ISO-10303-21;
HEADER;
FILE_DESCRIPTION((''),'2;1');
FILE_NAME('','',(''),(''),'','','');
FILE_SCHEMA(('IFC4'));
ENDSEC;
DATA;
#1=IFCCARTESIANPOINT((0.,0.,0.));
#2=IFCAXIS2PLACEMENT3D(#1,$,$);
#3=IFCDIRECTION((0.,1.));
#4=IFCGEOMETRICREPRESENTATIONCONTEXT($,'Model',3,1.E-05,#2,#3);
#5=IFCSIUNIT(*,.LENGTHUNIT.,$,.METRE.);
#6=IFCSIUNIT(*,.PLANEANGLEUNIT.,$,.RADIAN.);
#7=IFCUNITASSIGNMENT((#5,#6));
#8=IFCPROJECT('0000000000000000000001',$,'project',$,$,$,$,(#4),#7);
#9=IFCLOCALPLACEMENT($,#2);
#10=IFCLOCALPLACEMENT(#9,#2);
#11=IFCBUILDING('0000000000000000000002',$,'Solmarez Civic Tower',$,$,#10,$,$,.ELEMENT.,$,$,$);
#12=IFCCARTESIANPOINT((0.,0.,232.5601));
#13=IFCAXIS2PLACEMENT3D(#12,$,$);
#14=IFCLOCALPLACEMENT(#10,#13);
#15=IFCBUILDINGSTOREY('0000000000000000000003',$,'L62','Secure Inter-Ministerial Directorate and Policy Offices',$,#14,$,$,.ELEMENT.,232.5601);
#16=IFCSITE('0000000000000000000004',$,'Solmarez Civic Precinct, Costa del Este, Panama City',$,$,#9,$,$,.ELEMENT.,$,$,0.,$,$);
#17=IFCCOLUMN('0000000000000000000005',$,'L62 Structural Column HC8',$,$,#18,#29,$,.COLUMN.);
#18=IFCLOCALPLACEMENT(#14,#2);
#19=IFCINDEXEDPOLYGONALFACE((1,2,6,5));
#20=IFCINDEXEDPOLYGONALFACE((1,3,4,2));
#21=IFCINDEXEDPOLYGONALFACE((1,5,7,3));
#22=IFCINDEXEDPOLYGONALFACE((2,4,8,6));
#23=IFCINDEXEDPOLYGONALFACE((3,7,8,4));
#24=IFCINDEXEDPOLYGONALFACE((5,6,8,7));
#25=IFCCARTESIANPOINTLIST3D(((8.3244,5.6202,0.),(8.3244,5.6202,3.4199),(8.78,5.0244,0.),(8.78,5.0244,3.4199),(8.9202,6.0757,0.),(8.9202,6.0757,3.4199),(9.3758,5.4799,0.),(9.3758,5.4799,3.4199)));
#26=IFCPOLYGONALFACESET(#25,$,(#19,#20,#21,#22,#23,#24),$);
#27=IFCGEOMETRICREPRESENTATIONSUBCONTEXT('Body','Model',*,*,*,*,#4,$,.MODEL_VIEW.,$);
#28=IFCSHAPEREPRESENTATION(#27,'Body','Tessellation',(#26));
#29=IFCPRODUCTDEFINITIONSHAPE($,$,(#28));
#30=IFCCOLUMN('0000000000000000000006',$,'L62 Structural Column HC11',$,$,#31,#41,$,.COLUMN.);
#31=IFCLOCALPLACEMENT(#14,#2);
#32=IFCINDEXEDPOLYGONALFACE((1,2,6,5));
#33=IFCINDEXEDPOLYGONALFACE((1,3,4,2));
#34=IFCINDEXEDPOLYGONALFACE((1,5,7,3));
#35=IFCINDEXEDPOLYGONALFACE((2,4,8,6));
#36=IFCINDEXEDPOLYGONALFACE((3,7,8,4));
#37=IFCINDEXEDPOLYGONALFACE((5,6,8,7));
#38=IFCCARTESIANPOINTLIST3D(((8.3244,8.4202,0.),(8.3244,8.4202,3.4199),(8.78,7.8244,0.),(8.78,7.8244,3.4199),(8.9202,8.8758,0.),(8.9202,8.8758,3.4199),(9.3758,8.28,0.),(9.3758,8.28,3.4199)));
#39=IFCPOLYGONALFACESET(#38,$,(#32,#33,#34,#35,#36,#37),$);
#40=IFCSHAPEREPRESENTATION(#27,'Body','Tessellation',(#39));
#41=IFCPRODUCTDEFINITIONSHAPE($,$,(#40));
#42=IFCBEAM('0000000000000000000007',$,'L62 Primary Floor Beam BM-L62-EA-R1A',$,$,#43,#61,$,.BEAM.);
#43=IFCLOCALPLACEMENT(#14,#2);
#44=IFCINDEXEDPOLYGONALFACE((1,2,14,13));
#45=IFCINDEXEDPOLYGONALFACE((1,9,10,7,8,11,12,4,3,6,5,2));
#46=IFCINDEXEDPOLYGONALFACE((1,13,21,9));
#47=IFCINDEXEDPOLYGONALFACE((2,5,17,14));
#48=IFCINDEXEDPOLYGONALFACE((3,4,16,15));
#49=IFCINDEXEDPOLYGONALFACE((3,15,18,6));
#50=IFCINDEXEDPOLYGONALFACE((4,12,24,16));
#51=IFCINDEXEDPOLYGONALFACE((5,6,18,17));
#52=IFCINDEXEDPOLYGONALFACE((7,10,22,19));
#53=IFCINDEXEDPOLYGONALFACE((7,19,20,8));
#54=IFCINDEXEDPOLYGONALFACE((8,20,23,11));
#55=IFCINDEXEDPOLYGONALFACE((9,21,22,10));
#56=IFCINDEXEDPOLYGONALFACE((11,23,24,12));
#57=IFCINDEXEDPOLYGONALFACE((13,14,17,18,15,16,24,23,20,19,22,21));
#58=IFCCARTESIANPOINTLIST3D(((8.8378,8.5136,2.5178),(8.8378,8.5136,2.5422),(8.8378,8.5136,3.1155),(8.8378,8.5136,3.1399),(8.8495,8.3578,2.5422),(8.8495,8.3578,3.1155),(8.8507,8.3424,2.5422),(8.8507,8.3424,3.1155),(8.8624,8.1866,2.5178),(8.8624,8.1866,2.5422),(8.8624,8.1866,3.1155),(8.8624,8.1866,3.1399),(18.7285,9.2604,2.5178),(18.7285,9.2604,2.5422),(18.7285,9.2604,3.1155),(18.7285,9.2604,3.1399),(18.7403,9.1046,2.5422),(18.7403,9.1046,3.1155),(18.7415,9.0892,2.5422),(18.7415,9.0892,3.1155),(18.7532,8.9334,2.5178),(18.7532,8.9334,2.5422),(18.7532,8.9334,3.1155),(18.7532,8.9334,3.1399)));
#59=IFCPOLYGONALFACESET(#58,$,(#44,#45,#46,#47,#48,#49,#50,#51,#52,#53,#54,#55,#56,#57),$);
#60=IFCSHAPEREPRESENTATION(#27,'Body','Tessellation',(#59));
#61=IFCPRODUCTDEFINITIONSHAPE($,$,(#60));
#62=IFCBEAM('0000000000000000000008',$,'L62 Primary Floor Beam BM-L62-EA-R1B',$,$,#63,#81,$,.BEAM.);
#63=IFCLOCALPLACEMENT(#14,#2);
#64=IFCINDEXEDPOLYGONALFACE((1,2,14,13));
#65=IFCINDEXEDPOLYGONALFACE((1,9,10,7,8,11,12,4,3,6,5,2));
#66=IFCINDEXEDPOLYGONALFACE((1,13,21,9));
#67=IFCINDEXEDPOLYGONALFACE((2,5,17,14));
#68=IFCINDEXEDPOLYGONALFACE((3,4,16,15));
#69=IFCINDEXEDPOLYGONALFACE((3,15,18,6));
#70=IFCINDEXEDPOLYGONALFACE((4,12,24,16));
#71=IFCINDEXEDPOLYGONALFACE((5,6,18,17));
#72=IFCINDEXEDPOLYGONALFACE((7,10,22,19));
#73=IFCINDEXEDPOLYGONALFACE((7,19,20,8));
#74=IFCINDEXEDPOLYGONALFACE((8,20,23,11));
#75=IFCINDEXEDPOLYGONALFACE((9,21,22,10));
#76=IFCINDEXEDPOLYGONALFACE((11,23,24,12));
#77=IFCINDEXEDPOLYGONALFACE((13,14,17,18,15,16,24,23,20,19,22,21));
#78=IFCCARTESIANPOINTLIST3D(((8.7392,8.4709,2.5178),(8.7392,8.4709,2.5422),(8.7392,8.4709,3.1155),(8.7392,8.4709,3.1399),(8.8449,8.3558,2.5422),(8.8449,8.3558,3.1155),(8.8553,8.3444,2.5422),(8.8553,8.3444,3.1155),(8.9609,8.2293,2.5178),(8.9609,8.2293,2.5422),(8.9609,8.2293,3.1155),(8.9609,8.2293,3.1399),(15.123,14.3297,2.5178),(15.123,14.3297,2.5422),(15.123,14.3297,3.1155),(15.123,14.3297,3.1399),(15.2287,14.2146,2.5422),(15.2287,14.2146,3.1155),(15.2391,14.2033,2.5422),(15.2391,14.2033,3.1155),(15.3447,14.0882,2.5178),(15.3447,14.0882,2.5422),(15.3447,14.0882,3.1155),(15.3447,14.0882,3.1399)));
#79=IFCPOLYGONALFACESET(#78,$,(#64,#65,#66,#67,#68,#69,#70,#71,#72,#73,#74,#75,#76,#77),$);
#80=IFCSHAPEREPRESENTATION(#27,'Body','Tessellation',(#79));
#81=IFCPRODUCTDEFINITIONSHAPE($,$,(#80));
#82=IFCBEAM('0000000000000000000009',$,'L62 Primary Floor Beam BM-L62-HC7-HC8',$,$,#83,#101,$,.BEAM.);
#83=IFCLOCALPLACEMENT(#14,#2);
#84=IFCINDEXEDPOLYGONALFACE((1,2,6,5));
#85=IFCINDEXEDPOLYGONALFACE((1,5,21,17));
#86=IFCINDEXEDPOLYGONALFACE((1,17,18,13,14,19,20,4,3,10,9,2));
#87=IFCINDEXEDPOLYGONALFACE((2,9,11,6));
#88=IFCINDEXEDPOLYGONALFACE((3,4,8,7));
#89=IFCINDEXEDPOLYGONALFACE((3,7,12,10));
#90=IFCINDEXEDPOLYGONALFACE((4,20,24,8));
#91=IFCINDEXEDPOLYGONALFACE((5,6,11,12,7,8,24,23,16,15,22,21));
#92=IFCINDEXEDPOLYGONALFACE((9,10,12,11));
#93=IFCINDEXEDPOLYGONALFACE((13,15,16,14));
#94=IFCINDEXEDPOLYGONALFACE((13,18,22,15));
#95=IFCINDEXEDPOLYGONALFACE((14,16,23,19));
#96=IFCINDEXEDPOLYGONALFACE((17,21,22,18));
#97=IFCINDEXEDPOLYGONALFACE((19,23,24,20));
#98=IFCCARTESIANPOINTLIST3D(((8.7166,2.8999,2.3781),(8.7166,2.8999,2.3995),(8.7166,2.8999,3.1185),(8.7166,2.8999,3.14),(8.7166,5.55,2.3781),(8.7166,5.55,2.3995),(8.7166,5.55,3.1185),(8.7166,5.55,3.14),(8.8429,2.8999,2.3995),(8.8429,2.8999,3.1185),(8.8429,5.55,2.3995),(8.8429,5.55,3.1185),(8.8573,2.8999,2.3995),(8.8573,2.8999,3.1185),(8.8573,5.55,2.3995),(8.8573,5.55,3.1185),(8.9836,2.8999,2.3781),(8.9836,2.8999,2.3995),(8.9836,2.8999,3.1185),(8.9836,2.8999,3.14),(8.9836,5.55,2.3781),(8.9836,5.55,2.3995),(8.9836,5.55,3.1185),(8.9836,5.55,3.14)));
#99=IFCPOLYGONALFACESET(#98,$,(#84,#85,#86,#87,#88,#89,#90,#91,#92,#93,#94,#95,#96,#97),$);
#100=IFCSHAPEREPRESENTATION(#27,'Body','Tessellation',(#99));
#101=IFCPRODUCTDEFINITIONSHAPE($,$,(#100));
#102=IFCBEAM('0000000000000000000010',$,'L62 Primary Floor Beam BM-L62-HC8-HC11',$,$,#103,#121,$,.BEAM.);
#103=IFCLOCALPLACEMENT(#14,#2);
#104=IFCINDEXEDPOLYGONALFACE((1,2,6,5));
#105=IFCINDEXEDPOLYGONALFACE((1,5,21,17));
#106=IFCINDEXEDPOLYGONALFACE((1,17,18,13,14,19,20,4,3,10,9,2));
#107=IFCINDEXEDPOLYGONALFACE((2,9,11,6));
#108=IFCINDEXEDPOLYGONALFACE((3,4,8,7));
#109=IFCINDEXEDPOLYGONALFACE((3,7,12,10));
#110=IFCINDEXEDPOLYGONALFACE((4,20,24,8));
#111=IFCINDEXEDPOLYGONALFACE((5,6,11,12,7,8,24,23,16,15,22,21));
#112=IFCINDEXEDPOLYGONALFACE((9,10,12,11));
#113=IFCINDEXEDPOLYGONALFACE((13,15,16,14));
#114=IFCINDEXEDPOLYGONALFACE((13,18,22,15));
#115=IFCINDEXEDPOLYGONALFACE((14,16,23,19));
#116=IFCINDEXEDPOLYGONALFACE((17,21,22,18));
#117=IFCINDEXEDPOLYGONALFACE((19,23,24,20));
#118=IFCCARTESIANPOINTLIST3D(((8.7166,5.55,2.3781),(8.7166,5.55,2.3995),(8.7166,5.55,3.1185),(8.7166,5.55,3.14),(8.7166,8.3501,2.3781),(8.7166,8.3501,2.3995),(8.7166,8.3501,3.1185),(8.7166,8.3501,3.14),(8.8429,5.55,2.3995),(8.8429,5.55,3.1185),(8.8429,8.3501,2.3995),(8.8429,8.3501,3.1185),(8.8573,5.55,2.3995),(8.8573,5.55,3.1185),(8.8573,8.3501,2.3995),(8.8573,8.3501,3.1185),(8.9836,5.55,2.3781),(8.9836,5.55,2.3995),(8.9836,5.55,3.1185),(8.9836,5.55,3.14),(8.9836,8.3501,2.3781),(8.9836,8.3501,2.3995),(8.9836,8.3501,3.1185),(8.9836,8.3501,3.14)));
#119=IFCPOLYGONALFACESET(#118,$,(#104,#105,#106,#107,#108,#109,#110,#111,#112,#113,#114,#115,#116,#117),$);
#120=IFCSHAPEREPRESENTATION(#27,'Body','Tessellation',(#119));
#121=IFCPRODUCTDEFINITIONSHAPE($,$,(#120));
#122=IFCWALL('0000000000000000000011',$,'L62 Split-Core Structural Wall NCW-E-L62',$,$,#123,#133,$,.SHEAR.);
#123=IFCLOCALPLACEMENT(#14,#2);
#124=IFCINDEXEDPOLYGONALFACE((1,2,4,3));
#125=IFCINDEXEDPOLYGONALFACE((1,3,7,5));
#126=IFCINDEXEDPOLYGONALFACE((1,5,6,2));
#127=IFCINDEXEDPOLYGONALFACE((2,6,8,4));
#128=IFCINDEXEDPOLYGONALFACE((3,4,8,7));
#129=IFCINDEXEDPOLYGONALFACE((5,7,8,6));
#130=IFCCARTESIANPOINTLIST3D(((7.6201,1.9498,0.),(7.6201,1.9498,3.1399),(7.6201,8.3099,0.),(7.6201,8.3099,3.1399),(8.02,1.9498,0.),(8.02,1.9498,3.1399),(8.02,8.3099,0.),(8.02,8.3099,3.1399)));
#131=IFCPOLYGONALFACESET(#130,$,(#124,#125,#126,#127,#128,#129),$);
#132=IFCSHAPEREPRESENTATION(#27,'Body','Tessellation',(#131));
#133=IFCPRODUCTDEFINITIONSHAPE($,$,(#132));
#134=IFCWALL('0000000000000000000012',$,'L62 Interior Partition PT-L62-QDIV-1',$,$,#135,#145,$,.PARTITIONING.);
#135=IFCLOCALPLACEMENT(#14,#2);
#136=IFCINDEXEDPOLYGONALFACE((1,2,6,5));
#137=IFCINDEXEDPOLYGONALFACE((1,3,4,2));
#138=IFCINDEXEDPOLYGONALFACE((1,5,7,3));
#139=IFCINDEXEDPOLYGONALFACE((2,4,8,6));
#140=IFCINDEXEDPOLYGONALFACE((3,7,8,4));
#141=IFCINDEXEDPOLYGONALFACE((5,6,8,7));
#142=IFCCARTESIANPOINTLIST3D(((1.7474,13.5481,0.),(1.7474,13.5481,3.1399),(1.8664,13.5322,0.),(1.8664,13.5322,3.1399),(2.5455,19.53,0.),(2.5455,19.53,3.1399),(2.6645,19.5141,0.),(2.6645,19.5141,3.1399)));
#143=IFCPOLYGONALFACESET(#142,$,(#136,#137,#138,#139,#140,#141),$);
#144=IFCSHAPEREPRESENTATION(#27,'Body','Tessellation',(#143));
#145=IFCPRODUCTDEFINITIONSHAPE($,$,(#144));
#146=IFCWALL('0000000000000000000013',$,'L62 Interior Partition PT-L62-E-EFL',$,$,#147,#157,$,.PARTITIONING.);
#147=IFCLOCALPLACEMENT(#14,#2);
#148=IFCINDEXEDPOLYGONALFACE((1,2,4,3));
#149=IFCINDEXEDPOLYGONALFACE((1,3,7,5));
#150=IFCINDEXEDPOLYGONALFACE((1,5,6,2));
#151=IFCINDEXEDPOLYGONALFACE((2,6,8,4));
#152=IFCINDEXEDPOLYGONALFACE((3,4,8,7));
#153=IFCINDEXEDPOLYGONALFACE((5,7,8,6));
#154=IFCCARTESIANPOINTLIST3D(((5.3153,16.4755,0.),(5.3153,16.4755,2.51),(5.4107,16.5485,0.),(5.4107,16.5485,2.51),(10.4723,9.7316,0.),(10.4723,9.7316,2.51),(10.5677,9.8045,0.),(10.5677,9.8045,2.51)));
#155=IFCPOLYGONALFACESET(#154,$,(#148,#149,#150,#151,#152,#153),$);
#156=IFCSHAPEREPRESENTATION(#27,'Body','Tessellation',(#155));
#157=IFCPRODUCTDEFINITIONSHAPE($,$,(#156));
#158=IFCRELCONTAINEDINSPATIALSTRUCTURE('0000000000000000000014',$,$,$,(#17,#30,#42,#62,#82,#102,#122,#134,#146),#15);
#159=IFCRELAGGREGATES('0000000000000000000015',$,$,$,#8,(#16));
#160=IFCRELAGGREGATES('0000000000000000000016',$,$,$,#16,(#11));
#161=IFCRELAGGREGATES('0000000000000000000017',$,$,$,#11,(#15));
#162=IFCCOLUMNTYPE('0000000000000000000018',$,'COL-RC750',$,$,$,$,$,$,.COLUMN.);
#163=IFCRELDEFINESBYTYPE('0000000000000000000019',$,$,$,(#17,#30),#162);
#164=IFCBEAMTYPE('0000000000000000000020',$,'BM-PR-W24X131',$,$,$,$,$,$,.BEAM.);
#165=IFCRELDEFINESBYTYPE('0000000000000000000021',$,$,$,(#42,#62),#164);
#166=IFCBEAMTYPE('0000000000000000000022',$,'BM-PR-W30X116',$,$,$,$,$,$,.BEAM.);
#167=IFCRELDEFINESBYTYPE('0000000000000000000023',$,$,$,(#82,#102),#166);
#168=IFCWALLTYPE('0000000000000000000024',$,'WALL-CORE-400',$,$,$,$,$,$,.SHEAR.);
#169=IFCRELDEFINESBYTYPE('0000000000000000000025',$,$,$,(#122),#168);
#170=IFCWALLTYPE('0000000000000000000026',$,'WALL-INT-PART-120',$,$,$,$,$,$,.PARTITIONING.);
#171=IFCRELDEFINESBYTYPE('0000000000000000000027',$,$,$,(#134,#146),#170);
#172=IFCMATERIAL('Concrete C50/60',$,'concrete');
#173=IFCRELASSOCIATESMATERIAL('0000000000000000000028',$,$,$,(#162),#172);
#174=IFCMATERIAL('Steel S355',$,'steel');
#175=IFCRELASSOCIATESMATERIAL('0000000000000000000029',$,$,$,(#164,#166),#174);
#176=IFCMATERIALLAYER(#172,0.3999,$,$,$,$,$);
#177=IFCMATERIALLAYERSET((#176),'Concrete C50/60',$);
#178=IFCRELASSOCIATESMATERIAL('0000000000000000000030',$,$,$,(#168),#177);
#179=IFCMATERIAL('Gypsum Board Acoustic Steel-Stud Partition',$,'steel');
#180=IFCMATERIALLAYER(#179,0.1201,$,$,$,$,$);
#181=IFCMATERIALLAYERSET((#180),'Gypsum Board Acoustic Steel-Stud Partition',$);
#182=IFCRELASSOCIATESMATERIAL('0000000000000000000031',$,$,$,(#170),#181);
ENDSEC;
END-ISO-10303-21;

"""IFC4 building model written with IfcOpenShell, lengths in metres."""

from ifc_helpers import new_model, si_unit, direction, frame, frame_2d, origin, origin_2d, place, context, subcontext, project, spatial, rectangle, i_section, extrude, material, layer, layer_set, material_profile, profile_set, type_object, element, save


model = new_model("IFC4")

# Units and contexts
model_context = context("Model", 3, precision=1e-05, world=origin(), true_north=direction((0.0, 1.0)))
body_context = subcontext(model_context, "Body", "Model", "MODEL_VIEW")
ifc_project = project(units=[si_unit("LENGTHUNIT", "METRE"), si_unit("PLANEANGLEUNIT", "RADIAN")], contexts=[model_context])

# Site, building, storey
site_placement = place(None, origin())
site = spatial("IfcSite", under=ifc_project, at=site_placement, Name="Solmarez Civic Precinct, Costa del Este, Panama City", CompositionType="ELEMENT", RefElevation=0.0)
building_placement = place(site_placement, origin())
building = spatial("IfcBuilding", under=site, at=building_placement, Name="Solmarez Civic Tower", CompositionType="ELEMENT")
storey_placement = place(building_placement, frame((0.0, 0.0, 232.5601)))
storey = spatial("IfcBuildingStorey", under=building, at=storey_placement, Name="L62", Description="Secure Inter-Ministerial Directorate and Policy Offices", CompositionType="ELEMENT", Elevation=232.5601)

# Columns
ifc_material_1 = material(Name="Concrete C50/60", Category="concrete")
ifc_material_profile_1 = material_profile(ifc_material_1, rectangle(XDim=0.75, YDim=0.75, at=origin_2d()), Name="RC750X750")
ifc_profile_set_1 = profile_set([ifc_material_profile_1], Name="Concrete C50/60")
column_type = type_object("IfcColumnType", Name="COL-RC750", PredefinedType="COLUMN", material=ifc_profile_set_1)
for number, where, z_axis, x_axis, name in (
    (1, (8.8501, 5.55, 0.0), (0.0, 0.0, 1.0), (0.794415, 0.607376, 0.0), "L62 Structural Column HC8"),
    (2, (8.8501, 8.3501, 0.0), (0.0, 0.0, 1.0), (0.794415, 0.607376, 0.0), "L62 Structural Column HC11"),
):
    element("IfcColumn", number, at=place(storey_placement, frame(where, z_axis=z_axis, x_axis=x_axis)), inside=storey, type_object=column_type, Name=name, PredefinedType="COLUMN", context=body_context, shape_type="SweptSolid", body=[
        extrude(rectangle(XDim=0.75, YDim=0.75, at=origin_2d()), origin(), (0.0, 0.0, 1.0), 3.4199),
    ])

# Beams
ifc_material_2 = material(Name="Steel S355", Category="steel")
ifc_material_profile_2 = material_profile(ifc_material_2, i_section(OverallWidth=0.3279, OverallDepth=0.6221, WebThickness=0.0154, FlangeThickness=0.0244, at=origin_2d()), Name="W24X131")
ifc_profile_set_2 = profile_set([ifc_material_profile_2], Name="Steel S355")
beam_type_1 = type_object("IfcBeamType", Name="BM-PR-W24X131", PredefinedType="BEAM", material=ifc_profile_set_2)
beam_1_placement = place(storey_placement, frame((8.8501, 8.3501, 2.8289), z_axis=(0.997162, 0.075292, 0.0), x_axis=(-0.075292, 0.997162, 0.0)))
element("IfcBeam", 3, at=beam_1_placement, inside=storey, type_object=beam_type_1, Name="L62 Primary Floor Beam BM-L62-EA-R1A", PredefinedType="BEAM", context=body_context, shape_type="SweptSolid", body=[
    extrude(i_section(OverallWidth=0.3279, OverallDepth=0.6221, WebThickness=0.0154, FlangeThickness=0.0244, at=origin_2d()), origin(), (0.0, 0.0, 1.0), 9.9189),
])
beam_2_placement = place(storey_placement, frame((8.8501, 8.3501, 2.8289), z_axis=(0.736747, 0.676169, 0.0), x_axis=(-0.676169, 0.736747, 0.0)))
element("IfcBeam", 4, at=beam_2_placement, inside=storey, type_object=beam_type_1, Name="L62 Primary Floor Beam BM-L62-EA-R1B", PredefinedType="BEAM", context=body_context, shape_type="SweptSolid", body=[
    extrude(i_section(OverallWidth=0.3279, OverallDepth=0.6221, WebThickness=0.0154, FlangeThickness=0.0244, at=origin_2d()), origin(), (0.0, 0.0, 1.0), 8.6648),
])
ifc_material_profile_3 = material_profile(ifc_material_2, i_section(OverallWidth=0.2671, OverallDepth=0.762, WebThickness=0.0144, FlangeThickness=0.0215, at=origin_2d()), Name="W30X116")
ifc_profile_set_3 = profile_set([ifc_material_profile_3], Name="Steel S355")
beam_type_2 = type_object("IfcBeamType", Name="BM-PR-W30X116", PredefinedType="BEAM", material=ifc_profile_set_3)
beam_3_placement = place(storey_placement, frame((8.8501, 2.8999, 2.759), z_axis=(0.0, 1.0, 0.0), x_axis=(-1.0, 0.0, 0.0)))
element("IfcBeam", 5, at=beam_3_placement, inside=storey, type_object=beam_type_2, Name="L62 Primary Floor Beam BM-L62-HC7-HC8", PredefinedType="BEAM", context=body_context, shape_type="SweptSolid", body=[
    extrude(i_section(OverallWidth=0.2671, OverallDepth=0.762, WebThickness=0.0144, FlangeThickness=0.0215, at=origin_2d()), origin(), (0.0, 0.0, 1.0), 2.6501),
])
beam_4_placement = place(storey_placement, frame((8.8501, 5.55, 2.759), z_axis=(0.0, 1.0, 0.0), x_axis=(-1.0, 0.0, 0.0)))
element("IfcBeam", 6, at=beam_4_placement, inside=storey, type_object=beam_type_2, Name="L62 Primary Floor Beam BM-L62-HC8-HC11", PredefinedType="BEAM", context=body_context, shape_type="SweptSolid", body=[
    extrude(i_section(OverallWidth=0.2671, OverallDepth=0.762, WebThickness=0.0144, FlangeThickness=0.0215, at=origin_2d()), origin(), (0.0, 0.0, 1.0), 2.8),
])

# Walls
ifc_layer_1 = layer(ifc_material_1, 0.3999)
ifc_layer_set_1 = layer_set([ifc_layer_1], Name="Concrete C50/60")
wall_type_1 = type_object("IfcWallType", Name="WALL-CORE-400", PredefinedType="SHEAR", material=ifc_layer_set_1)
wall_1_placement = place(storey_placement, frame((7.8201, 8.3101, 0.0), z_axis=(0.0, 0.0, 1.0), x_axis=(0.0, -1.0, 0.0)))
element("IfcWall", 7, at=wall_1_placement, inside=storey, type_object=wall_type_1, Name="L62 Split-Core Structural Wall NCW-E-L62", PredefinedType="SHEAR", context=body_context, shape_type="SweptSolid", body=[
    extrude(rectangle(XDim=6.3601, YDim=0.3999, at=frame_2d((3.1802, 0.0))), origin(), (0.0, 0.0, 1.0), 3.1399),
])
ifc_material_3 = material(Name="Gypsum Board Acoustic Steel-Stud Partition", Category="steel")
ifc_layer_2 = layer(ifc_material_3, 0.1201)
ifc_layer_set_2 = layer_set([ifc_layer_2], Name="Gypsum Board Acoustic Steel-Stud Partition")
wall_type_2 = type_object("IfcWallType", Name="WALL-INT-PART-120", PredefinedType="PARTITIONING", material=ifc_layer_set_2)
wall_2_placement = place(storey_placement, frame((1.8069, 13.54, 0.0), z_axis=(0.0, 0.0, 1.0), x_axis=(0.132246, 0.991217, 0.0)))
element("IfcWall", 8, at=wall_2_placement, inside=storey, type_object=wall_type_2, Name="L62 Interior Partition PT-L62-QDIV-1", PredefinedType="PARTITIONING", context=body_context, shape_type="SweptSolid", body=[
    extrude(rectangle(XDim=6.0349, YDim=0.1201, at=frame_2d((3.0176, 0.0))), origin(), (0.0, 0.0, 1.0), 3.1399),
])
wall_3_placement = place(storey_placement, frame((10.52, 9.7681, 0.0), z_axis=(0.0, 0.0, 1.0), x_axis=(-0.607442, 0.794364, 0.0)))
element("IfcWall", 9, at=wall_3_placement, inside=storey, type_object=wall_type_2, Name="L62 Interior Partition PT-L62-E-EFL", PredefinedType="PARTITIONING", context=body_context, shape_type="SweptSolid", body=[
    extrude(rectangle(XDim=8.4897, YDim=0.1201, at=frame_2d((4.2449, 0.0))), origin(), (0.0, 0.0, 1.0), 2.51),
])

save(model, "model.ifc")
